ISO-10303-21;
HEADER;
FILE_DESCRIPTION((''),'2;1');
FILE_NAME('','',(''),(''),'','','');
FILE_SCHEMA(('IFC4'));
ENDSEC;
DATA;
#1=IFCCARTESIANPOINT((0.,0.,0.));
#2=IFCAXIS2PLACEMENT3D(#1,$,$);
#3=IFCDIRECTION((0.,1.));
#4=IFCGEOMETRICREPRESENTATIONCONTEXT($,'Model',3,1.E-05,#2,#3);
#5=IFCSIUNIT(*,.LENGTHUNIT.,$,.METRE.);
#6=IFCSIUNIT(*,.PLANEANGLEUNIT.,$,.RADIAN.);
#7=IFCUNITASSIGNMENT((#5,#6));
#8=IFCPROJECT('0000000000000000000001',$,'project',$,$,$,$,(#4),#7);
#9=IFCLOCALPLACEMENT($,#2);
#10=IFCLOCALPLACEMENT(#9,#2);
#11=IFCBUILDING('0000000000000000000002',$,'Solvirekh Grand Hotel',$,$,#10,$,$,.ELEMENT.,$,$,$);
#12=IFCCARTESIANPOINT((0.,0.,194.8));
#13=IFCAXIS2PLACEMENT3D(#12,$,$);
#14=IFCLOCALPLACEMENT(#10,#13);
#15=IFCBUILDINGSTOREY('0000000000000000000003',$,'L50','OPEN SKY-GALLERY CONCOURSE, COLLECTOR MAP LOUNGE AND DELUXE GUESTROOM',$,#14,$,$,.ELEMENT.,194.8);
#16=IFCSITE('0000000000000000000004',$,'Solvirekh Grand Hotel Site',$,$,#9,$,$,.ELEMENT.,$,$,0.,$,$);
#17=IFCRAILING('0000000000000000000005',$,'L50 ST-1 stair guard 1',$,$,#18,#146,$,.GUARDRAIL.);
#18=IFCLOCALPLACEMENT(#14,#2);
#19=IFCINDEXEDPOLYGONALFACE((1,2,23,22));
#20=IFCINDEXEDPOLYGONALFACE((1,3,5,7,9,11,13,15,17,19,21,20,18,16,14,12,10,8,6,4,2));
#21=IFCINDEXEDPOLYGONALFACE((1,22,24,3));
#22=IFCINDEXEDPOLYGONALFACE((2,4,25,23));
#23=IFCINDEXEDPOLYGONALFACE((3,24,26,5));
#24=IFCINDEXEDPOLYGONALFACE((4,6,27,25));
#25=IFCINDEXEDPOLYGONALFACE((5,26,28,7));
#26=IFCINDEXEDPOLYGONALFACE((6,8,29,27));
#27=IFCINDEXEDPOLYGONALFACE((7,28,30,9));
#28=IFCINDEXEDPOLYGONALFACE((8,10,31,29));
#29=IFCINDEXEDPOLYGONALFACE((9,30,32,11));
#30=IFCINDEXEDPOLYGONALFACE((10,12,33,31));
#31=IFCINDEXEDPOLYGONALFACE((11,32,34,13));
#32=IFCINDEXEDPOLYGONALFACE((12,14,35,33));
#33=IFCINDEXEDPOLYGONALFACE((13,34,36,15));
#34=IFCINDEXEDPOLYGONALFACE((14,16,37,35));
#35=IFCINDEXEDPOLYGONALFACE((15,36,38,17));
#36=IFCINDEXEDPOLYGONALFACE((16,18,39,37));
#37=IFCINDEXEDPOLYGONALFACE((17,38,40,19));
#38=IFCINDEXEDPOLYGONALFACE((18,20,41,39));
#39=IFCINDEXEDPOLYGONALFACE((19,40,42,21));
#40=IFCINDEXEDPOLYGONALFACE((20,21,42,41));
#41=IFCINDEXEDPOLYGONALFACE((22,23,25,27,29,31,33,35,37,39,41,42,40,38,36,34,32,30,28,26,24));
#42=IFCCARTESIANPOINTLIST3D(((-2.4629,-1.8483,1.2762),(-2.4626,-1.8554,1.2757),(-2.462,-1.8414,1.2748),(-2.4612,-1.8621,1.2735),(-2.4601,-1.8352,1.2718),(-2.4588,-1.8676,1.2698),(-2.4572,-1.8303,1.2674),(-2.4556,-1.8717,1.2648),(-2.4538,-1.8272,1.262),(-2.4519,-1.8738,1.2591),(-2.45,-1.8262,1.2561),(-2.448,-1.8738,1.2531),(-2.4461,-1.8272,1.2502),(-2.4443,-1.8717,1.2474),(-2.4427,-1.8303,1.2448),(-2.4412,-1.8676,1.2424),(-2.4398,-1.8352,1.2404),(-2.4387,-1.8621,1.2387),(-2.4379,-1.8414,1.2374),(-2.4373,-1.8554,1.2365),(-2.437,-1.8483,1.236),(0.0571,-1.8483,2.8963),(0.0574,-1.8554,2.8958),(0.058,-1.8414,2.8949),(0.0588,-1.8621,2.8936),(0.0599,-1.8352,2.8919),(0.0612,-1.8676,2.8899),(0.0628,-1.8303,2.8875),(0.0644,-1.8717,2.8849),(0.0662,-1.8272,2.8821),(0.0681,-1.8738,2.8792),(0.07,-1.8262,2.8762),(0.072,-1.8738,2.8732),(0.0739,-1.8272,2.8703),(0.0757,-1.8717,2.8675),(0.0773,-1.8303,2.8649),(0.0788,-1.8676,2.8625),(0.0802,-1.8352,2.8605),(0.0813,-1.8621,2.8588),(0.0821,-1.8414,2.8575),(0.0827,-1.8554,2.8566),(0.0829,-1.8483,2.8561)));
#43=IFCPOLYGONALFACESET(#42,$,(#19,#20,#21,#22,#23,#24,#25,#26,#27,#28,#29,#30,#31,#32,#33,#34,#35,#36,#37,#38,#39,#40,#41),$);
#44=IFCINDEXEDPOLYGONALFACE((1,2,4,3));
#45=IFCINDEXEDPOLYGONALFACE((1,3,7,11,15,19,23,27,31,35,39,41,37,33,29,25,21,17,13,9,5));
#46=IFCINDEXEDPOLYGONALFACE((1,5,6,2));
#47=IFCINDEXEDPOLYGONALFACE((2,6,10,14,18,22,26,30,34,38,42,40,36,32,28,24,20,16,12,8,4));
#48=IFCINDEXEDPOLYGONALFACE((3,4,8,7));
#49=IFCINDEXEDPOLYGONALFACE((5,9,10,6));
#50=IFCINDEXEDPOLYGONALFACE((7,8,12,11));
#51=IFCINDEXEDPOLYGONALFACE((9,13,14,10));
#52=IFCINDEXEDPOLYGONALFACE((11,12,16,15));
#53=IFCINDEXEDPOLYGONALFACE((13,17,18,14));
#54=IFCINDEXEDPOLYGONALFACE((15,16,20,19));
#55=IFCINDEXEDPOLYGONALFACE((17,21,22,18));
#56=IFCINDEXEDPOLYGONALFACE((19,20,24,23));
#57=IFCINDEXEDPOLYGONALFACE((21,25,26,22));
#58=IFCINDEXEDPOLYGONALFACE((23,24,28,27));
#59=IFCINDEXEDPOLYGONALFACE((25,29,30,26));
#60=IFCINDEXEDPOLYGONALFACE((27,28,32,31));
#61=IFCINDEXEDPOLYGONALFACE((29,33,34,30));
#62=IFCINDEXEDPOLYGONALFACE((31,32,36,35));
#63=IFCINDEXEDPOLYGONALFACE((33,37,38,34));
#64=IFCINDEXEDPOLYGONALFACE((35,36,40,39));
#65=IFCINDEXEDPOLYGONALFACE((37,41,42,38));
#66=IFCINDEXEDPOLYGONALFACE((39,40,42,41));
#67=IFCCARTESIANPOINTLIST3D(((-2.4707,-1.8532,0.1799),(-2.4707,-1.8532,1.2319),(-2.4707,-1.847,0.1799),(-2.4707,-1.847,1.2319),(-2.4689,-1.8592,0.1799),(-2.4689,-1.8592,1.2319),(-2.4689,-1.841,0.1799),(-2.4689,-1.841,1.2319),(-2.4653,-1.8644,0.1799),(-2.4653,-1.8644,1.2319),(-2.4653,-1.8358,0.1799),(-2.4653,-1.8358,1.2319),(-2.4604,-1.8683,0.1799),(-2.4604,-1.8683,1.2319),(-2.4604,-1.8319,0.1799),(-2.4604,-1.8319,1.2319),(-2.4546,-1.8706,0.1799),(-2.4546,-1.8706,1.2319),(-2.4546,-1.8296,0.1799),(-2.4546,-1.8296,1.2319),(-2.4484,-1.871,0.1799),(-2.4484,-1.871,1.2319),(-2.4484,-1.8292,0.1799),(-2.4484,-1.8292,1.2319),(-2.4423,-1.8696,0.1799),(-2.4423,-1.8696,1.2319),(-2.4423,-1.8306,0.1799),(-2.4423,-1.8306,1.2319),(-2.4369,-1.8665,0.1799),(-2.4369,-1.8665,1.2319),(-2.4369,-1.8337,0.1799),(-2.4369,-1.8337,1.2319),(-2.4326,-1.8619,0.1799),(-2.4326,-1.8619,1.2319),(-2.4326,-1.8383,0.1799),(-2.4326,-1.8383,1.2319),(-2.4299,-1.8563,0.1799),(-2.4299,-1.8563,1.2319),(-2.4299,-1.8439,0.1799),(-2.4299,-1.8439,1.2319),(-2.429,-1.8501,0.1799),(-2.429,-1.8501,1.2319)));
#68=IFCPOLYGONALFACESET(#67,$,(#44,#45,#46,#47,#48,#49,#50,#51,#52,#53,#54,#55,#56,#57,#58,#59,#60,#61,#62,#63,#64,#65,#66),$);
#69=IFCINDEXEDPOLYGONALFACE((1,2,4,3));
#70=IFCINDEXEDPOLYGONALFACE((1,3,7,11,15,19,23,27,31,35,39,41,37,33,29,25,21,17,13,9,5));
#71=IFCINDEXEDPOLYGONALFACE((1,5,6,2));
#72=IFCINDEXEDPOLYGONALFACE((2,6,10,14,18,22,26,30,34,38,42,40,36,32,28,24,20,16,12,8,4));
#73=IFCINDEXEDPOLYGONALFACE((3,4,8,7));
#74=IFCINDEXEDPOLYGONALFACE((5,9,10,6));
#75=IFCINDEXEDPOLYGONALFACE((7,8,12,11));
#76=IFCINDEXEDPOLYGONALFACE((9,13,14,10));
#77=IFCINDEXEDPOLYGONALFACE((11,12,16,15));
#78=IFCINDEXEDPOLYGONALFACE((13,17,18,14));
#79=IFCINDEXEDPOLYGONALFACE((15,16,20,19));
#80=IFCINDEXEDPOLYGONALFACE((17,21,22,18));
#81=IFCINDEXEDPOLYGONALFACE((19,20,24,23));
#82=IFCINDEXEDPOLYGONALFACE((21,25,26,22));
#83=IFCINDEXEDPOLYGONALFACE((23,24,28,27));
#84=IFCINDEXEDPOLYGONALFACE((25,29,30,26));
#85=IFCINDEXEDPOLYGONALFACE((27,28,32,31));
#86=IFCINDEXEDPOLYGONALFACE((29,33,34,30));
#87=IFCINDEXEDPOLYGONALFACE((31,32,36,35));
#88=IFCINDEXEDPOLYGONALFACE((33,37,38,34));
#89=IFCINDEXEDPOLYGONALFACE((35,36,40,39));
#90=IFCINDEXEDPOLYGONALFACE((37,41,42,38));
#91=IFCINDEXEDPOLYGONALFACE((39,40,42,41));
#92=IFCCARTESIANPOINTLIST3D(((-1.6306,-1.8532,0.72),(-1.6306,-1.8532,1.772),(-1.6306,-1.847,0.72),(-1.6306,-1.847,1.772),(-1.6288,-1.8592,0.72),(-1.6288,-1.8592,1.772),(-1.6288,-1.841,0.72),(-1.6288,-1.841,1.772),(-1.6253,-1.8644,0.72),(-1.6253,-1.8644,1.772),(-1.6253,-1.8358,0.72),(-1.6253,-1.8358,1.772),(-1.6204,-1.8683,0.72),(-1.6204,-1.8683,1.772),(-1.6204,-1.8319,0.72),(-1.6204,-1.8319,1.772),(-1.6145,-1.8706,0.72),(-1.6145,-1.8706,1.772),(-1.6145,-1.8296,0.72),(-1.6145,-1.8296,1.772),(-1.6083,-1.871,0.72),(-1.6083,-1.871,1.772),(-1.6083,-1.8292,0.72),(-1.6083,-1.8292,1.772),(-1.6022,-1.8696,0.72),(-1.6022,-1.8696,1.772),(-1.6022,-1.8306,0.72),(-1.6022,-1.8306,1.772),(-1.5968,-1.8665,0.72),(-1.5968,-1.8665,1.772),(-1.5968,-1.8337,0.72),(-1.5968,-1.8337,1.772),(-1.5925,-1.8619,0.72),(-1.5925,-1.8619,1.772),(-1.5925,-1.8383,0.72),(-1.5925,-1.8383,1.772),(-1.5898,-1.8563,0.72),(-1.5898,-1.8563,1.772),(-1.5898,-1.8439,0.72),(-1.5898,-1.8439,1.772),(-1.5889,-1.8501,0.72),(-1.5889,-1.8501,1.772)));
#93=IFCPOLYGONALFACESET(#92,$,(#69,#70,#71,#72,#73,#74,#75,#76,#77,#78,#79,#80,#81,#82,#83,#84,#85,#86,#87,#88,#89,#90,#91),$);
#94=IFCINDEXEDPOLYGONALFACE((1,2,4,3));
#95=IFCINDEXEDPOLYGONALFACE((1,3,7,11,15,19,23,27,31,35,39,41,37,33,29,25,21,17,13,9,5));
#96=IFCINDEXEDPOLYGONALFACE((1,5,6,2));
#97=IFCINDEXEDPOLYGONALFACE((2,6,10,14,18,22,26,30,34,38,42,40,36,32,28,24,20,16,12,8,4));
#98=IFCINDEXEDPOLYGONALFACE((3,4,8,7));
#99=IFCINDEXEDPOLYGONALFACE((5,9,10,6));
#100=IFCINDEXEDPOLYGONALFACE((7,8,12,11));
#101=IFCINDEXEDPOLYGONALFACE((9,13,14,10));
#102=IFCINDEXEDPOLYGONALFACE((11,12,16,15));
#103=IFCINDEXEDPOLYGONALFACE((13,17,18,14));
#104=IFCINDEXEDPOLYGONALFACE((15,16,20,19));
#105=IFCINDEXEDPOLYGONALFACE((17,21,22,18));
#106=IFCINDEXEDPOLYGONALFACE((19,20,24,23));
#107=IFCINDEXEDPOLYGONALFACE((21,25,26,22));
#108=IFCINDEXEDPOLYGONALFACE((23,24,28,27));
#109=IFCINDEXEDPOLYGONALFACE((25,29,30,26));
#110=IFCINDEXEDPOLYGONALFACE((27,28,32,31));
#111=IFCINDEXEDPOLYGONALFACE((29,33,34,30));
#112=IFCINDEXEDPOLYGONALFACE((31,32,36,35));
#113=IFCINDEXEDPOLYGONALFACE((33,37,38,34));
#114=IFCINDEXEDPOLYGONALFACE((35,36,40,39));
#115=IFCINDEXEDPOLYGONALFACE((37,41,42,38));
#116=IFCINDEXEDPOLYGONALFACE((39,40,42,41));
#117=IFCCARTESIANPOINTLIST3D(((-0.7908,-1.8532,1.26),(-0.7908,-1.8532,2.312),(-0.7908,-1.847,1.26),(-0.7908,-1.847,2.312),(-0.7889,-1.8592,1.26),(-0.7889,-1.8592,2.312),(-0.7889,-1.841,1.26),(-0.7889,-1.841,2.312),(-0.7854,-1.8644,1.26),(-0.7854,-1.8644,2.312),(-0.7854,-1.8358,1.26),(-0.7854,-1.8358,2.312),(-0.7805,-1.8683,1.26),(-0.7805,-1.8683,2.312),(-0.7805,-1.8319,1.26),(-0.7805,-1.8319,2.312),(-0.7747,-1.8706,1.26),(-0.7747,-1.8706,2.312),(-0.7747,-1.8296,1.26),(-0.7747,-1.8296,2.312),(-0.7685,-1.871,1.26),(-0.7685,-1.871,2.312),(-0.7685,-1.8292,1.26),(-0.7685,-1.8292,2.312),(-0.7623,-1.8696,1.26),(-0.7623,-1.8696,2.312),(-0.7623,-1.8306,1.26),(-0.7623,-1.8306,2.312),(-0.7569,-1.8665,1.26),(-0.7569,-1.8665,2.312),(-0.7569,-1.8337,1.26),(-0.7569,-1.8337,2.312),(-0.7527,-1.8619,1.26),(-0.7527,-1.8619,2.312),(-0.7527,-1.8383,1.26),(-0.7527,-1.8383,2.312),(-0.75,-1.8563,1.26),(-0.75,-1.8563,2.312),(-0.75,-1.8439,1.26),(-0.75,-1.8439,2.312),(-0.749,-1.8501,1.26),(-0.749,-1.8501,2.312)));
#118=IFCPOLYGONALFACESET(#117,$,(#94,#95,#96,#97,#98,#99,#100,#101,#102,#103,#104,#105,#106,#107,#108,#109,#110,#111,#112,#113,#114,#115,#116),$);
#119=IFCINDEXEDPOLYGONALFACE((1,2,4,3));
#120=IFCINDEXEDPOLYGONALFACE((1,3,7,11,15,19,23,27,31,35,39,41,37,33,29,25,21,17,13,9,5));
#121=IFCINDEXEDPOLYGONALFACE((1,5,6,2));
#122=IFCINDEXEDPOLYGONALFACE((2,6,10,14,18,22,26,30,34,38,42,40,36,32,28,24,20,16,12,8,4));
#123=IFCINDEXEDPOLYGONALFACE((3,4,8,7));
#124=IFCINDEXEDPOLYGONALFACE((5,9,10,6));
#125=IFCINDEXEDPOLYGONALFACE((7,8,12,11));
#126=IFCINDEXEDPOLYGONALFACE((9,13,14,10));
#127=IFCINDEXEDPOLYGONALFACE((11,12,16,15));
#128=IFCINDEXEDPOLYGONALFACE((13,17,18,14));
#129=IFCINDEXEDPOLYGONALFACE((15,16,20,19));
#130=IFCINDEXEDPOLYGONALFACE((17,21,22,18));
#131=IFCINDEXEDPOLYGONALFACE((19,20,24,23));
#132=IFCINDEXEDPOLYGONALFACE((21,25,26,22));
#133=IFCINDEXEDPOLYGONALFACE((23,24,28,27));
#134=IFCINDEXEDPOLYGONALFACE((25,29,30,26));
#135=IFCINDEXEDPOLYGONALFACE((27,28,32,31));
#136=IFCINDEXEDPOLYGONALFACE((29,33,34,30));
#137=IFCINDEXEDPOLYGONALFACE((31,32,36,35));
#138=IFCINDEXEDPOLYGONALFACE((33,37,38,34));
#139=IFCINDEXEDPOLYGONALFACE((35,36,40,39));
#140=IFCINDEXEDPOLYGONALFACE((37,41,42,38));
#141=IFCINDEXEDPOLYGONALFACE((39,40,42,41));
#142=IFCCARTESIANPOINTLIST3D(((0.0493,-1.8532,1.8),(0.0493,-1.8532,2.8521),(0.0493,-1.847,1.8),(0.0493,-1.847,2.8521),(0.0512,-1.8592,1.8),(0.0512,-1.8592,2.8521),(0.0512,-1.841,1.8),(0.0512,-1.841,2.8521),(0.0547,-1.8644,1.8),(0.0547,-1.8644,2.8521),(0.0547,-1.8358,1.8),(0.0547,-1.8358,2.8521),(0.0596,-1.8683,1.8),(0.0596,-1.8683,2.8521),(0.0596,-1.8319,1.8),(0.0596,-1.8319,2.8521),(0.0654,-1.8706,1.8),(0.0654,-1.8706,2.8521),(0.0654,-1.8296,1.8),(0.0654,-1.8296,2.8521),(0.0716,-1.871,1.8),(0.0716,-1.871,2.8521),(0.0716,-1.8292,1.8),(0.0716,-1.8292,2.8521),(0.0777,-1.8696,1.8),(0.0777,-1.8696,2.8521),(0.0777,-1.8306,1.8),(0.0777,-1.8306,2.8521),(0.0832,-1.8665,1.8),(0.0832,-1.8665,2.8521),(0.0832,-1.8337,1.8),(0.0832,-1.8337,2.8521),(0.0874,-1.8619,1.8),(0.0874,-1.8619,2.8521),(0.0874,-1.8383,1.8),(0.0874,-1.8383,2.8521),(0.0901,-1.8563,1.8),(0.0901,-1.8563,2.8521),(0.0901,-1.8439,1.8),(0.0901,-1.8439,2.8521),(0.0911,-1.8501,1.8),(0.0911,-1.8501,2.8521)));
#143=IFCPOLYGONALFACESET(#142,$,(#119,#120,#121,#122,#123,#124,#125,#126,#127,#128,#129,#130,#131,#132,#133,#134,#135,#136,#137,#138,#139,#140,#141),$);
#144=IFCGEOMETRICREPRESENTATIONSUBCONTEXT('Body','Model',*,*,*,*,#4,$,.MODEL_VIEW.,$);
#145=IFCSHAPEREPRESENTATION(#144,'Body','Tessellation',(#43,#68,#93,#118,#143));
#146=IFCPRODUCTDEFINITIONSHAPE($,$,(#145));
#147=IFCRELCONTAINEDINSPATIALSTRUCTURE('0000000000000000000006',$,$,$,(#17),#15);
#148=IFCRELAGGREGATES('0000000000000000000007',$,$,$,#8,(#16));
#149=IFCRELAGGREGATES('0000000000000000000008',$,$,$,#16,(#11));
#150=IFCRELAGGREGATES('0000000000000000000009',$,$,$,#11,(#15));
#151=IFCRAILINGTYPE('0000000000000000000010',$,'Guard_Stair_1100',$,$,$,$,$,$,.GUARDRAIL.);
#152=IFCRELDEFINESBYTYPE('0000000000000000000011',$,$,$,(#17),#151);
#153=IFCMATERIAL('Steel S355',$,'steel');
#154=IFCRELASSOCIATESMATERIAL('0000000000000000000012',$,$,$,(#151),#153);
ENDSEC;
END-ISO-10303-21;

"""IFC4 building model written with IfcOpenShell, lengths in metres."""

from ifc_helpers import new_model, si_unit, direction, frame, origin, origin_2d, place, context, subcontext, project, spatial, circle, extrude, material, type_object, element, save


model = new_model("IFC4")

# Units and contexts
model_context = context("Model", 3, precision=1e-05, world=origin(), true_north=direction((0.0, 1.0)))
body_context = subcontext(model_context, "Body", "Model", "MODEL_VIEW")
ifc_project = project(units=[si_unit("LENGTHUNIT", "METRE"), si_unit("PLANEANGLEUNIT", "RADIAN")], contexts=[model_context])

# Site, building, storey
site_placement = place(None, origin())
site = spatial("IfcSite", under=ifc_project, at=site_placement, Name="Solvirekh Grand Hotel Site", CompositionType="ELEMENT", RefElevation=0.0)
building_placement = place(site_placement, origin())
building = spatial("IfcBuilding", under=site, at=building_placement, Name="Solvirekh Grand Hotel", CompositionType="ELEMENT")
storey_placement = place(building_placement, frame((0.0, 0.0, 194.8)))
storey = spatial("IfcBuildingStorey", under=building, at=storey_placement, Name="L50", Description="OPEN SKY-GALLERY CONCOURSE, COLLECTOR MAP LOUNGE AND DELUXE GUESTROOM", CompositionType="ELEMENT", Elevation=194.8)

# Shared definitions
ifc_material_1 = material(Name="Steel S355", Category="steel")

# Railing
railing_type_1 = type_object("IfcRailingType", Name="Guard_Stair_1100", PredefinedType="GUARDRAIL", material=ifc_material_1)
railing_1_placement = place(storey_placement, frame((-2.45, -1.8501, 0.1799)))
element("IfcRailing", 1, at=railing_1_placement, inside=storey, type_object=railing_type_1, Name="L50 ST-1 stair guard 1", PredefinedType="GUARDRAIL", context=body_context, shape_type="SweptSolid", body=[
    extrude(circle(Radius=0.0239, at=origin_2d()), frame((0.0, 0.0, 1.0762), z_axis=(0.841163, 0.0, 0.540782), x_axis=(0.0, 1.0, 0.0)), (0.0, 0.0, 1.0), 2.9958),
    extrude(circle(Radius=0.021, at=origin_2d()), origin(), (0.0, 0.0, 1.0), 1.052),
    extrude(circle(Radius=0.021, at=origin_2d()), frame((0.8401, 0.0, 0.54)), (0.0, 0.0, 1.0), 1.052),
    extrude(circle(Radius=0.021, at=origin_2d()), frame((1.6799, 0.0, 1.0801)), (0.0, 0.0, 1.0), 1.052),
    extrude(circle(Radius=0.021, at=origin_2d()), frame((2.52, 0.0, 1.6201)), (0.0, 0.0, 1.0), 1.052),
])

save(model, "model.ifc")
